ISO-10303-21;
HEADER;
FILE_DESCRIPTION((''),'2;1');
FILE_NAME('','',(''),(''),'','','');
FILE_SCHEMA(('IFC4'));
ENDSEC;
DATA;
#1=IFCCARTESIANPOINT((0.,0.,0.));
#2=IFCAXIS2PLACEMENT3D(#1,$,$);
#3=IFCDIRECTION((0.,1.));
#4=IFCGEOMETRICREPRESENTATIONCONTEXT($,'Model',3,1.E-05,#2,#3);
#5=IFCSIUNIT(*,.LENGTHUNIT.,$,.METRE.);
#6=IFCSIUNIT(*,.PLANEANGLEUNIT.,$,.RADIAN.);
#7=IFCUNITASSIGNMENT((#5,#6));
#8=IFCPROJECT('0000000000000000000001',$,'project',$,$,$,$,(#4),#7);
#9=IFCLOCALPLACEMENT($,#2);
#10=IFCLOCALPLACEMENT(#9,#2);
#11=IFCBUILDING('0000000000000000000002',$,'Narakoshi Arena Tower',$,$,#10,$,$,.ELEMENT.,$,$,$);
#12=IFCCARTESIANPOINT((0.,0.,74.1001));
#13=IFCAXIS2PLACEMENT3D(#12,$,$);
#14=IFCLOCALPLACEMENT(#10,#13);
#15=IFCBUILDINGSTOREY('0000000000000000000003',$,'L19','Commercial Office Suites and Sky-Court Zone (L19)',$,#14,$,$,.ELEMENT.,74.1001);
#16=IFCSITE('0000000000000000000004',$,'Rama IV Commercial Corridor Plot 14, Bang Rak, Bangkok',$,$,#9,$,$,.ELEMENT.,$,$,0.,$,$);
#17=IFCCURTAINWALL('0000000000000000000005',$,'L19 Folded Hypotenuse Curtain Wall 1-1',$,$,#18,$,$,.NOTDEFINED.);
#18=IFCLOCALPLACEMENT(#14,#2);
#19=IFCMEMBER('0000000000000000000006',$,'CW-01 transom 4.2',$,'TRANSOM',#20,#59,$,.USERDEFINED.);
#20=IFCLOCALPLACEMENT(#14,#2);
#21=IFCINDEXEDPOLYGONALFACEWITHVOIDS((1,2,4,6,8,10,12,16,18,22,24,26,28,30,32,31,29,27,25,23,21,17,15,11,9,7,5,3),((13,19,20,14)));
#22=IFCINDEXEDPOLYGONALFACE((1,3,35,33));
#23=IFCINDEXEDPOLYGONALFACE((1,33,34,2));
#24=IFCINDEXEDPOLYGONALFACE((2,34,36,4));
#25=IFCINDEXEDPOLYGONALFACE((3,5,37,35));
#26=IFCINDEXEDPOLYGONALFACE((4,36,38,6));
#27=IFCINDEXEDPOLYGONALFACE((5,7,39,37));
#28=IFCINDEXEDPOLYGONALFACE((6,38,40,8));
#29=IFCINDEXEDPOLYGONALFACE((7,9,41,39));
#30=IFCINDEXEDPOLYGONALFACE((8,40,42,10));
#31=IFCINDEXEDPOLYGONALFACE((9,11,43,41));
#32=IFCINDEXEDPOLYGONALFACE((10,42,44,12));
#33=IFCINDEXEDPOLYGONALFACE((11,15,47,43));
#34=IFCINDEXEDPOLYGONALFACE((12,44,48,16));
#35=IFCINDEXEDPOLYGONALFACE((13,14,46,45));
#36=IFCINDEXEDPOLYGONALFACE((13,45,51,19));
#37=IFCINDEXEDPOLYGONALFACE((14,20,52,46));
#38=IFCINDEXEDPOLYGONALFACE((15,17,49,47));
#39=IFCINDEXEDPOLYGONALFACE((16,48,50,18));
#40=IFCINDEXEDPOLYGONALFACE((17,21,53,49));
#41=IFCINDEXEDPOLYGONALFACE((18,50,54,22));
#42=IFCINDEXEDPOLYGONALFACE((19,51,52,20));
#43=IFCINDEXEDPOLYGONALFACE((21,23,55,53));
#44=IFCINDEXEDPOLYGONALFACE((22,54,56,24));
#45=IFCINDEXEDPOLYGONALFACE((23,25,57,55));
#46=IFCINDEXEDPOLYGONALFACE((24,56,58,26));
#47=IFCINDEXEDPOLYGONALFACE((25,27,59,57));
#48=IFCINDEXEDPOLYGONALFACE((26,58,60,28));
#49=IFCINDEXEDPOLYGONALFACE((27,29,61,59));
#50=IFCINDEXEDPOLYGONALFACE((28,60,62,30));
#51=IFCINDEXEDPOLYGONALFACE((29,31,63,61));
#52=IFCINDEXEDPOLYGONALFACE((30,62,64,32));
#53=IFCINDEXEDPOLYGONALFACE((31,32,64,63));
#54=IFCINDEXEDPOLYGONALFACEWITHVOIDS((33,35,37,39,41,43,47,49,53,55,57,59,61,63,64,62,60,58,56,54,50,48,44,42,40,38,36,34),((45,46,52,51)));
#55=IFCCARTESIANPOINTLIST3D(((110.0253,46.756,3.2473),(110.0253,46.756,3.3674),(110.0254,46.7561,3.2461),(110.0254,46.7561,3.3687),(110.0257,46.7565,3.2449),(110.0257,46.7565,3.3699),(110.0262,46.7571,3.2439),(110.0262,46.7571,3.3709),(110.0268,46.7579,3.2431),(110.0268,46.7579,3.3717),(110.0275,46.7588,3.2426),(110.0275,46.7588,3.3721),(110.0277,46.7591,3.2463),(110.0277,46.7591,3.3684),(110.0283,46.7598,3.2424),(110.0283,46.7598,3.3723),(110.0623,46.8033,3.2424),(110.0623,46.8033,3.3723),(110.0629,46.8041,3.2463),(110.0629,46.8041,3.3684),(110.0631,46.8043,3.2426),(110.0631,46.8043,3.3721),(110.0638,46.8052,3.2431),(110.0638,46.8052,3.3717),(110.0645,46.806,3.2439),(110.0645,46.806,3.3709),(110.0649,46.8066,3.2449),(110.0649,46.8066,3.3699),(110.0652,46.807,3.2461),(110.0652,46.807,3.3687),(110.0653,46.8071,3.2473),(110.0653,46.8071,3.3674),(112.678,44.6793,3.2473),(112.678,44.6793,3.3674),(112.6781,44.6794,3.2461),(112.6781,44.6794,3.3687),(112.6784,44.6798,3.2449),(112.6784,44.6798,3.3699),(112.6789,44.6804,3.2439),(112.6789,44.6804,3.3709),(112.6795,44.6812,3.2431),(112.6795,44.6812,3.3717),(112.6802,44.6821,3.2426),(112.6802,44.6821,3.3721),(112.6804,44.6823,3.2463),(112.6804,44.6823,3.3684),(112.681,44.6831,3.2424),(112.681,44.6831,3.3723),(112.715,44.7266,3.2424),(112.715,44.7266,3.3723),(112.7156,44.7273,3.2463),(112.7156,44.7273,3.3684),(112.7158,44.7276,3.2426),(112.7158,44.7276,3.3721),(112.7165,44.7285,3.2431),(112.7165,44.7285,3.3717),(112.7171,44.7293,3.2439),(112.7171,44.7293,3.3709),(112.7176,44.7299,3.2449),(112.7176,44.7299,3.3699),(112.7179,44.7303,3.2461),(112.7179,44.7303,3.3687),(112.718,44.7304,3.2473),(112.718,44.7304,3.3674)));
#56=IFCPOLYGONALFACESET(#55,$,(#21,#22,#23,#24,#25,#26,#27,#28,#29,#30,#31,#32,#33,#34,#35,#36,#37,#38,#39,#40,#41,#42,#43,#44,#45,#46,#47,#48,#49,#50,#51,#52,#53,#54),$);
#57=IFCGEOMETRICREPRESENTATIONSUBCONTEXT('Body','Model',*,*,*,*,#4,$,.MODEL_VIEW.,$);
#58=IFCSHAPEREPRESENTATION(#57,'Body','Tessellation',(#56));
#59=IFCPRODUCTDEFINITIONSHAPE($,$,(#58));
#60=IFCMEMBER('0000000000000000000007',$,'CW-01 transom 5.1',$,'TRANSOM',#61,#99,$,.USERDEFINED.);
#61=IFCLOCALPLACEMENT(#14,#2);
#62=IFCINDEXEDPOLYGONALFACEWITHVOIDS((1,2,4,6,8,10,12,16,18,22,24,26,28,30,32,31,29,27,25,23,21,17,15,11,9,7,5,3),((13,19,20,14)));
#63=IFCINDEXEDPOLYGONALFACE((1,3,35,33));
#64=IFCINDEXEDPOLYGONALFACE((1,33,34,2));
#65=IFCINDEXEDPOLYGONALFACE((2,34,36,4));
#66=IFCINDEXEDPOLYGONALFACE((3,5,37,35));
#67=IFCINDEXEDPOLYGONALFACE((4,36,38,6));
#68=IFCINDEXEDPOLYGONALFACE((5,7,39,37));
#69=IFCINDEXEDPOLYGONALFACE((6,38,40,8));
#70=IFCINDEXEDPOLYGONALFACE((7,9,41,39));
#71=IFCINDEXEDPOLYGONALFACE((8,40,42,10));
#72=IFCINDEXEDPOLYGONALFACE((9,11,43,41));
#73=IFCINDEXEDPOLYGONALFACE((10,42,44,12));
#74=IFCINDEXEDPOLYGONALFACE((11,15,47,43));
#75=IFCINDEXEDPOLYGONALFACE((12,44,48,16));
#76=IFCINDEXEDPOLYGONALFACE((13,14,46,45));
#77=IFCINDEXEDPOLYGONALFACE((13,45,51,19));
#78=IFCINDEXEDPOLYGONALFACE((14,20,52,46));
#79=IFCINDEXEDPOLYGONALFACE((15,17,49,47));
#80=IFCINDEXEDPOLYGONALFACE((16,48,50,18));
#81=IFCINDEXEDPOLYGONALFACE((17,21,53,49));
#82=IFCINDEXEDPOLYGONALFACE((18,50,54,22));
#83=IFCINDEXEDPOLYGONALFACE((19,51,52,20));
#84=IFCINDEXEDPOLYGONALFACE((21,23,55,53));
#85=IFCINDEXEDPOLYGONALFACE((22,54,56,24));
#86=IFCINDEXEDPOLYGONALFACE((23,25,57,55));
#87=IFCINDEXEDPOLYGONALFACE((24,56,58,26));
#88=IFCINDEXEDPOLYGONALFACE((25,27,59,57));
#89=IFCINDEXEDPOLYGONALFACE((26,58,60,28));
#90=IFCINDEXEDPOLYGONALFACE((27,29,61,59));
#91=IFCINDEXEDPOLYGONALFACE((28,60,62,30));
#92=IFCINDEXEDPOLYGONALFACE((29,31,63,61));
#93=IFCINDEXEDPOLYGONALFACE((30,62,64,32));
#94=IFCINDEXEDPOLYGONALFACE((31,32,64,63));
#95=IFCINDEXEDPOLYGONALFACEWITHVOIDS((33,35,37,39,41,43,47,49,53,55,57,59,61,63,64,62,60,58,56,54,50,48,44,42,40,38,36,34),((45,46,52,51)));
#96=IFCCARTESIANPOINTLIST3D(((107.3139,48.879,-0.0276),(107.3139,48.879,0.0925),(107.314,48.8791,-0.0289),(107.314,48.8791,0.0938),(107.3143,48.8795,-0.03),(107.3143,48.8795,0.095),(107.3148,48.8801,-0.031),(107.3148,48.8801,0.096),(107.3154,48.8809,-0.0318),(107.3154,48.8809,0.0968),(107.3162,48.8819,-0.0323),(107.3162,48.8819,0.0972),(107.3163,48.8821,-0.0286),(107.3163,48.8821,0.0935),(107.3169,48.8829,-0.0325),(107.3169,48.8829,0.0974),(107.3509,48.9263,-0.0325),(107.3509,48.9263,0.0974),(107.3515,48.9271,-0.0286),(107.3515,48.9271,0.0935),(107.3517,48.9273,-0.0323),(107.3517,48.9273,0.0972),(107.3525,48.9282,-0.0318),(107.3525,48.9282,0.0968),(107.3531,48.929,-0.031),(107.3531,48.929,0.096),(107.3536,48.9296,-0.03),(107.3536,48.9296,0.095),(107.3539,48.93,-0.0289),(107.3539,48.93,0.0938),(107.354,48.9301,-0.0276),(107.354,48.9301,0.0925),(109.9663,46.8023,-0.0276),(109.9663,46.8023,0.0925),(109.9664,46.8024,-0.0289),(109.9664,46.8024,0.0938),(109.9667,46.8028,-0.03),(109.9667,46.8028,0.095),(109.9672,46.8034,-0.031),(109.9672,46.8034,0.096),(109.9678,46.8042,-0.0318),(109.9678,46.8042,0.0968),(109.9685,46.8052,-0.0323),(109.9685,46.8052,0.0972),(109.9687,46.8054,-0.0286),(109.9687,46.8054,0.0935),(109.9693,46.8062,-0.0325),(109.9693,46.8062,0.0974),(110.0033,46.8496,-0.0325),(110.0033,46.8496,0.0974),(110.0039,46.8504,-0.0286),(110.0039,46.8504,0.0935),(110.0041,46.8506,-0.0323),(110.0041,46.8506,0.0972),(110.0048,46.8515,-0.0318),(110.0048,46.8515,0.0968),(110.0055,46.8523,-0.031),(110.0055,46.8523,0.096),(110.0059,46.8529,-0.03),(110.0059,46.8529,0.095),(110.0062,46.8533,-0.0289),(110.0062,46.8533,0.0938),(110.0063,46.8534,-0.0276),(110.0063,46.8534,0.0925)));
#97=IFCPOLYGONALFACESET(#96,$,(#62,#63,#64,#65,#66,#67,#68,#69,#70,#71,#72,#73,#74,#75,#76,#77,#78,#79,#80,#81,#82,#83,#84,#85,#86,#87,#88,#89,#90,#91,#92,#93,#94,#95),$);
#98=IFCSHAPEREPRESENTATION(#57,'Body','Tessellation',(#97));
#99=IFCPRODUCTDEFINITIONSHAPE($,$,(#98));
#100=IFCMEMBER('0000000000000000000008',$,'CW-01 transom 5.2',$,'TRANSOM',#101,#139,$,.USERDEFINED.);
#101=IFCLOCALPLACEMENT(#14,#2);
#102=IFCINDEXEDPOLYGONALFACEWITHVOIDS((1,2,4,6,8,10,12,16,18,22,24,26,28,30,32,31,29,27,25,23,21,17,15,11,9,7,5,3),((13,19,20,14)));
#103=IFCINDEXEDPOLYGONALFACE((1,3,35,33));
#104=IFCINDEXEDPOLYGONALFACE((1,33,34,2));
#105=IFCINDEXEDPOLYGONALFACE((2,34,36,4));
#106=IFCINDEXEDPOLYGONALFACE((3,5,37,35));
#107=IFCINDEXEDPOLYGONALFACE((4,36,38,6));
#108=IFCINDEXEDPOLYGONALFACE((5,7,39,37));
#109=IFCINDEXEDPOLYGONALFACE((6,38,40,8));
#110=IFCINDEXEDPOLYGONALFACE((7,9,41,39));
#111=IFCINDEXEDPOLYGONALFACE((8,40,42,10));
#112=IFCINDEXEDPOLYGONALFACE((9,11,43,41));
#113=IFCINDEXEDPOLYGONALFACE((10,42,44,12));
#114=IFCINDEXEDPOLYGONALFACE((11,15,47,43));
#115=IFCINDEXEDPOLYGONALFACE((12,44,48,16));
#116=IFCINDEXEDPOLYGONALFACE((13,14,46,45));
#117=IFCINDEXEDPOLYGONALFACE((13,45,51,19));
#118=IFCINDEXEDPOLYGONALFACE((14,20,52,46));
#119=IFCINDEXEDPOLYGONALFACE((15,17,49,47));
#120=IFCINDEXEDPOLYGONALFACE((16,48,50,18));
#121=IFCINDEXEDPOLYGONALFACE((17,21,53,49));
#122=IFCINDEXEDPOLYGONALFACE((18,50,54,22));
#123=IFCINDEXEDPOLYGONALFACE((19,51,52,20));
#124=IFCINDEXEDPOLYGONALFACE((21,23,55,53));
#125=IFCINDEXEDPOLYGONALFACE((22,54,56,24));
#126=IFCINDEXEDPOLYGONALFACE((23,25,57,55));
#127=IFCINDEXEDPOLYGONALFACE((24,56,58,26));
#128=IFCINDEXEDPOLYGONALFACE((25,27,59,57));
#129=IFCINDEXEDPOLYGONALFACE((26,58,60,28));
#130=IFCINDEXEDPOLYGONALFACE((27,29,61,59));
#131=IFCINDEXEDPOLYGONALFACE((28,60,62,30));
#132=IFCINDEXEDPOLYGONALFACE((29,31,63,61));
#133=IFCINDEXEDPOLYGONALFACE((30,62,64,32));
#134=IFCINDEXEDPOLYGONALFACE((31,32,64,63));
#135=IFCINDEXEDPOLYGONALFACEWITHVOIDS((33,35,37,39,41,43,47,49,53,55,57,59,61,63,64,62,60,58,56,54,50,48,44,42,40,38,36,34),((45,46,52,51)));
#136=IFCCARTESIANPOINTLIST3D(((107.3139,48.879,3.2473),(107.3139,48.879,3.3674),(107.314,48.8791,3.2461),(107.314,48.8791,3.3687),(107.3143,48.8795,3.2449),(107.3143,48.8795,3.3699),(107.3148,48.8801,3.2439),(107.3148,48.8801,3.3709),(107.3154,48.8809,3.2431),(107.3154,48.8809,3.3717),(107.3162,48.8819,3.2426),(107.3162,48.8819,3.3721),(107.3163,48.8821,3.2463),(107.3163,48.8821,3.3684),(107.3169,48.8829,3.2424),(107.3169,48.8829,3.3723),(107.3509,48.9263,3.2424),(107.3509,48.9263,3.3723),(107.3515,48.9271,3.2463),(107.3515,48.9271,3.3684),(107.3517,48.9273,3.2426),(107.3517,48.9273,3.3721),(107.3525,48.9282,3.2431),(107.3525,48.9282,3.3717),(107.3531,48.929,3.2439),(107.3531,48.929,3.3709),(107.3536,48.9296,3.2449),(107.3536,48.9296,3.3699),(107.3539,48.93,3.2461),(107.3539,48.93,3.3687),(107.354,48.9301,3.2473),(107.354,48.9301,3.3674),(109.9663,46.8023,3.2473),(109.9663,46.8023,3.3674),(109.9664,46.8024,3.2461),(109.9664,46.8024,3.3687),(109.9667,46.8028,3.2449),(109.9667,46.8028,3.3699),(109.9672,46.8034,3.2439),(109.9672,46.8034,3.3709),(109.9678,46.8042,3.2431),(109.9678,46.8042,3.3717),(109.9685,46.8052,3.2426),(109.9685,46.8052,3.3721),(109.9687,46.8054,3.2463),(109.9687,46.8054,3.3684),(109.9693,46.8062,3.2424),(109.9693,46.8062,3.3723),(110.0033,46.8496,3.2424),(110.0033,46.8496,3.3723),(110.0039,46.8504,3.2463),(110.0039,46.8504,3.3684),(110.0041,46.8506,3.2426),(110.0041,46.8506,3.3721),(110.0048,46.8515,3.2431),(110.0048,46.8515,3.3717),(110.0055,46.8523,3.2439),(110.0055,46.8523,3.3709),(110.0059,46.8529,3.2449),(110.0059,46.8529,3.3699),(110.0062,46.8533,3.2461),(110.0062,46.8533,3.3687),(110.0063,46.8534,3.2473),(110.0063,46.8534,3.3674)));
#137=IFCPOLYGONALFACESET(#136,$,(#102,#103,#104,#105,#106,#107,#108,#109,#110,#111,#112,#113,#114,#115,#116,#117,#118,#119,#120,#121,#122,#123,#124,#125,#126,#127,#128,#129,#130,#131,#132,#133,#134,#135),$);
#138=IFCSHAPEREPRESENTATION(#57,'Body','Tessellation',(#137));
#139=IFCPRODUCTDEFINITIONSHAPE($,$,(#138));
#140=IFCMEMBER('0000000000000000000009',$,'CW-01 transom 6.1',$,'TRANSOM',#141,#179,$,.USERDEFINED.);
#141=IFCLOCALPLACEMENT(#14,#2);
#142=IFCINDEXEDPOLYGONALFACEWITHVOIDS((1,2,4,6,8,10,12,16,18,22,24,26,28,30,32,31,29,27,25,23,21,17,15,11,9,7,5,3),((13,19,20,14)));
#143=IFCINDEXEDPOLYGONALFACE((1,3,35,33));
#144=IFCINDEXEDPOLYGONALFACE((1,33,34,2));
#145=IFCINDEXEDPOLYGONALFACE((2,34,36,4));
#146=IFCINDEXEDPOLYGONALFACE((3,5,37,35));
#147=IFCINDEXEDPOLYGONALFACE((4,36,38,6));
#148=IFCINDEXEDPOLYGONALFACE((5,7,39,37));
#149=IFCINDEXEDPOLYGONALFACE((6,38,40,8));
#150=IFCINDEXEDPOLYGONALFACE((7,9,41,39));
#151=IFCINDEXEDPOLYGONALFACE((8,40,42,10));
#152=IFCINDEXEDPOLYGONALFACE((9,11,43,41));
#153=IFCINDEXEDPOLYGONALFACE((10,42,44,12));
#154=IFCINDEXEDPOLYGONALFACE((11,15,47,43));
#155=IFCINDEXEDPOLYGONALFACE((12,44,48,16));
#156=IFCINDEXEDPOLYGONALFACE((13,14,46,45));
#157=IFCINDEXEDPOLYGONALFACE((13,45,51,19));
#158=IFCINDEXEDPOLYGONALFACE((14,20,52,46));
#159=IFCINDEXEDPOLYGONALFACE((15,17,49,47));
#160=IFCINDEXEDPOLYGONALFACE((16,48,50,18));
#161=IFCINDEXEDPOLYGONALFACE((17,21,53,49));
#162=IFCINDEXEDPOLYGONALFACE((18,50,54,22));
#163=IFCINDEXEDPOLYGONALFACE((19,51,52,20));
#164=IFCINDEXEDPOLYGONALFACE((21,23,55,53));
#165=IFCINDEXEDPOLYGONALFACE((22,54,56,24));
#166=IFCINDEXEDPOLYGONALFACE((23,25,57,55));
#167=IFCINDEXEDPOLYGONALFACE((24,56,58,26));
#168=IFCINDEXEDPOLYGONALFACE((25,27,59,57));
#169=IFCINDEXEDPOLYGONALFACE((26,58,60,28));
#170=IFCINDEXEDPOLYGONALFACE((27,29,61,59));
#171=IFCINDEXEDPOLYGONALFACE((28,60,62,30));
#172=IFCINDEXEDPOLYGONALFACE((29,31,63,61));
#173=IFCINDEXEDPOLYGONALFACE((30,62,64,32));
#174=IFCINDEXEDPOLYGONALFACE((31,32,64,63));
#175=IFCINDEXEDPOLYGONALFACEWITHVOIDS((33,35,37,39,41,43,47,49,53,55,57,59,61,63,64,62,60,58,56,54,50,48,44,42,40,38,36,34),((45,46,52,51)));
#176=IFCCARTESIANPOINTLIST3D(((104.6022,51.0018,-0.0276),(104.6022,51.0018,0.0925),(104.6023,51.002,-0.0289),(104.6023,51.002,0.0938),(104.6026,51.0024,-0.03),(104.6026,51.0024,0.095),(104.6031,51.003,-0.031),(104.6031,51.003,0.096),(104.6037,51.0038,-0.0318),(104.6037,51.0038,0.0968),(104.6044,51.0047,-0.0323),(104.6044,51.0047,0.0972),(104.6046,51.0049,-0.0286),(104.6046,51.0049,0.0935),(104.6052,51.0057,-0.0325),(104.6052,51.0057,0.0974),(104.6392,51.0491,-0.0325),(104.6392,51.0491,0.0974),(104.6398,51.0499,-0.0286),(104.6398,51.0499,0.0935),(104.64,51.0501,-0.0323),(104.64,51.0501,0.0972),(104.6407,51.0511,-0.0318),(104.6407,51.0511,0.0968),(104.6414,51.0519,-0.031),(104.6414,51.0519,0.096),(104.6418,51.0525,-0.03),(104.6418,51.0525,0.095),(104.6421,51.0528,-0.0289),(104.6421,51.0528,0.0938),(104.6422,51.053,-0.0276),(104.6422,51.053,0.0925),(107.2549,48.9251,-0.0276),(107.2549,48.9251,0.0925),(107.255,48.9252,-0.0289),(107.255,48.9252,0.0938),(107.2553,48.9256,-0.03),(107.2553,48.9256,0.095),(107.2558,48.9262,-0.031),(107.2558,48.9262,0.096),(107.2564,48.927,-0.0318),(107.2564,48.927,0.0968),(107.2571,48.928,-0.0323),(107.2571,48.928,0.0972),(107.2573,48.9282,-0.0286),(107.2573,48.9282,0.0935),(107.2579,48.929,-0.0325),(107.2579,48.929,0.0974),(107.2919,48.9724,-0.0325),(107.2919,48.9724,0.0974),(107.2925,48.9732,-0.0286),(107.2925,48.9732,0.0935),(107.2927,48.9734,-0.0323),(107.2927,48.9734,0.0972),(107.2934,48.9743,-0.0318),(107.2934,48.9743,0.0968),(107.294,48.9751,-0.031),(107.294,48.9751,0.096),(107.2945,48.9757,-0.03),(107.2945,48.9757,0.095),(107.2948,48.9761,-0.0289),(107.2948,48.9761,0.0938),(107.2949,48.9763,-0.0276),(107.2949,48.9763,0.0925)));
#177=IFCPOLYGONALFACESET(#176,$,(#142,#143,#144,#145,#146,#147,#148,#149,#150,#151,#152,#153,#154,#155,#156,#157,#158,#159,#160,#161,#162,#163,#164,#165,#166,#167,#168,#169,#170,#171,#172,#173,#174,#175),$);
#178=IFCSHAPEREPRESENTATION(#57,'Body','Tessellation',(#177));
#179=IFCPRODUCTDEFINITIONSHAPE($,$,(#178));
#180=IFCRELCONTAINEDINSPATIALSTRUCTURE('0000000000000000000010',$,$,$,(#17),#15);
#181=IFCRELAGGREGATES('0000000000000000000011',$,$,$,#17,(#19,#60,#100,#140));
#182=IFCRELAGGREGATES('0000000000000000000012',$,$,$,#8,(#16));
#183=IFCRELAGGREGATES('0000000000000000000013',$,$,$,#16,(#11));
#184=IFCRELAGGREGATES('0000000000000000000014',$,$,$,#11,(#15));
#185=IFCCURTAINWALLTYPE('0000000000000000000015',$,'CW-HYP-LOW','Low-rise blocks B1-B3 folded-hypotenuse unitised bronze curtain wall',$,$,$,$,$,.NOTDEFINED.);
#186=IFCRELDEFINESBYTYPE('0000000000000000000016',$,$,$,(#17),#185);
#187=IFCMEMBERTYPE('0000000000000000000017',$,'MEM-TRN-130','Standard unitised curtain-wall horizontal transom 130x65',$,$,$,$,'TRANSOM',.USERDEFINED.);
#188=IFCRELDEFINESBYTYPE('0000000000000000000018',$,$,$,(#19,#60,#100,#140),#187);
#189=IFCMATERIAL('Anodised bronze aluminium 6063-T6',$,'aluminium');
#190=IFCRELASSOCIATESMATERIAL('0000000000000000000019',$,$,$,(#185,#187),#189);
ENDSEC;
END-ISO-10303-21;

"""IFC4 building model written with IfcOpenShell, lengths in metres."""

from ifc_helpers import new_model, si_unit, direction, frame, origin, origin_2d, place, context, subcontext, project, spatial, hollow_rectangle, extrude, material, material_profile, profile_set, type_object, element, aggregate, save


model = new_model("IFC4")

# Units and contexts
model_context = context("Model", 3, precision=1e-05, world=origin(), true_north=direction((0.0, 1.0)))
body_context = subcontext(model_context, "Body", "Model", "MODEL_VIEW")
ifc_project = project(units=[si_unit("LENGTHUNIT", "METRE"), si_unit("PLANEANGLEUNIT", "RADIAN")], contexts=[model_context])

# Site, building, storey
site_placement = place(None, origin())
site = spatial("IfcSite", under=ifc_project, at=site_placement, Name="Rama IV Commercial Corridor Plot 14, Bang Rak, Bangkok", CompositionType="ELEMENT", RefElevation=0.0)
building_placement = place(site_placement, origin())
building = spatial("IfcBuilding", under=site, at=building_placement, Name="Narakoshi Arena Tower", CompositionType="ELEMENT")
storey_placement = place(building_placement, frame((0.0, 0.0, 74.1001)))
storey = spatial("IfcBuildingStorey", under=building, at=storey_placement, Name="L19", Description="Commercial Office Suites and Sky-Court Zone (L19)", CompositionType="ELEMENT", Elevation=74.1001)

# Curtain wall, members
ifc_material_1 = material(Name="Anodised bronze aluminium 6063-T6", Category="aluminium")
curtain_wall_type = type_object("IfcCurtainWallType", Name="CW-HYP-LOW", Description="Low-rise blocks B1-B3 folded-hypotenuse unitised bronze curtain wall", PredefinedType="NOTDEFINED", material=ifc_material_1)
curtain_wall_placement = place(storey_placement, origin())
curtain_wall = element("IfcCurtainWall", 1, at=curtain_wall_placement, inside=storey, type_object=curtain_wall_type, Name="L19 Folded Hypotenuse Curtain Wall 1-1", PredefinedType="NOTDEFINED")
ifc_material_profile_1 = material_profile(ifc_material_1, hollow_rectangle(XDim=0.0649, YDim=0.1299, WallThickness=0.0039, OuterFilletRadius=0.0049, at=origin_2d()), Name="TRN130x65x4")
ifc_profile_set_1 = profile_set([ifc_material_profile_1], Name="Anodised bronze aluminium 6063-T6")
member_type_1 = type_object("IfcMemberType", Name="MEM-TRN-130", Description="Standard unitised curtain-wall horizontal transom 130x65", ElementType="TRANSOM", PredefinedType="USERDEFINED", material=ifc_profile_set_1)
member_1_placement = place(storey_placement, frame((112.698, 44.7048, 3.3074), z_axis=(-0.787401, 0.616441, 0.0), x_axis=(-0.616441, -0.787401, 0.0)))
member_1 = element("IfcMember", 2, at=member_1_placement, type_object=member_type_1, Name="CW-01 transom 4.2", ObjectType="TRANSOM", PredefinedType="USERDEFINED", context=body_context, shape_type="SweptSolid", body=[
    extrude(hollow_rectangle(XDim=0.0649, YDim=0.1299, WallThickness=0.0039, OuterFilletRadius=0.0049, at=origin_2d()), origin(), (0.0, 0.0, 1.0), 3.3689),
])
member_2_placement = place(storey_placement, frame((109.9863, 46.8279, 0.0325), z_axis=(-0.787373, 0.616476, 0.0), x_axis=(-0.616476, -0.787373, 0.0)))
member_2 = element("IfcMember", 3, at=member_2_placement, type_object=member_type_1, Name="CW-01 transom 5.1", ObjectType="TRANSOM", PredefinedType="USERDEFINED", context=body_context, shape_type="SweptSolid", body=[
    extrude(hollow_rectangle(XDim=0.0649, YDim=0.1299, WallThickness=0.0039, OuterFilletRadius=0.0049, at=origin_2d()), origin(), (0.0, 0.0, 1.0), 3.3687),
])
member_3_placement = place(storey_placement, frame((109.9863, 46.8279, 3.3074), z_axis=(-0.787373, 0.616476, 0.0), x_axis=(-0.616476, -0.787373, 0.0)))
member_3 = element("IfcMember", 4, at=member_3_placement, type_object=member_type_1, Name="CW-01 transom 5.2", ObjectType="TRANSOM", PredefinedType="USERDEFINED", context=body_context, shape_type="SweptSolid", body=[
    extrude(hollow_rectangle(XDim=0.0649, YDim=0.1299, WallThickness=0.0039, OuterFilletRadius=0.0049, at=origin_2d()), origin(), (0.0, 0.0, 1.0), 3.3687),
])
member_4_placement = place(storey_placement, frame((107.2749, 48.9507, 0.0325), z_axis=(-0.787401, 0.616441, 0.0), x_axis=(-0.616441, -0.787401, 0.0)))
member_4 = element("IfcMember", 5, at=member_4_placement, type_object=member_type_1, Name="CW-01 transom 6.1", ObjectType="TRANSOM", PredefinedType="USERDEFINED", context=body_context, shape_type="SweptSolid", body=[
    extrude(hollow_rectangle(XDim=0.0649, YDim=0.1299, WallThickness=0.0039, OuterFilletRadius=0.0049, at=origin_2d()), origin(), (0.0, 0.0, 1.0), 3.3689),
])
aggregate(curtain_wall, [member_1, member_2, member_3, member_4])

save(model, "model.ifc")
